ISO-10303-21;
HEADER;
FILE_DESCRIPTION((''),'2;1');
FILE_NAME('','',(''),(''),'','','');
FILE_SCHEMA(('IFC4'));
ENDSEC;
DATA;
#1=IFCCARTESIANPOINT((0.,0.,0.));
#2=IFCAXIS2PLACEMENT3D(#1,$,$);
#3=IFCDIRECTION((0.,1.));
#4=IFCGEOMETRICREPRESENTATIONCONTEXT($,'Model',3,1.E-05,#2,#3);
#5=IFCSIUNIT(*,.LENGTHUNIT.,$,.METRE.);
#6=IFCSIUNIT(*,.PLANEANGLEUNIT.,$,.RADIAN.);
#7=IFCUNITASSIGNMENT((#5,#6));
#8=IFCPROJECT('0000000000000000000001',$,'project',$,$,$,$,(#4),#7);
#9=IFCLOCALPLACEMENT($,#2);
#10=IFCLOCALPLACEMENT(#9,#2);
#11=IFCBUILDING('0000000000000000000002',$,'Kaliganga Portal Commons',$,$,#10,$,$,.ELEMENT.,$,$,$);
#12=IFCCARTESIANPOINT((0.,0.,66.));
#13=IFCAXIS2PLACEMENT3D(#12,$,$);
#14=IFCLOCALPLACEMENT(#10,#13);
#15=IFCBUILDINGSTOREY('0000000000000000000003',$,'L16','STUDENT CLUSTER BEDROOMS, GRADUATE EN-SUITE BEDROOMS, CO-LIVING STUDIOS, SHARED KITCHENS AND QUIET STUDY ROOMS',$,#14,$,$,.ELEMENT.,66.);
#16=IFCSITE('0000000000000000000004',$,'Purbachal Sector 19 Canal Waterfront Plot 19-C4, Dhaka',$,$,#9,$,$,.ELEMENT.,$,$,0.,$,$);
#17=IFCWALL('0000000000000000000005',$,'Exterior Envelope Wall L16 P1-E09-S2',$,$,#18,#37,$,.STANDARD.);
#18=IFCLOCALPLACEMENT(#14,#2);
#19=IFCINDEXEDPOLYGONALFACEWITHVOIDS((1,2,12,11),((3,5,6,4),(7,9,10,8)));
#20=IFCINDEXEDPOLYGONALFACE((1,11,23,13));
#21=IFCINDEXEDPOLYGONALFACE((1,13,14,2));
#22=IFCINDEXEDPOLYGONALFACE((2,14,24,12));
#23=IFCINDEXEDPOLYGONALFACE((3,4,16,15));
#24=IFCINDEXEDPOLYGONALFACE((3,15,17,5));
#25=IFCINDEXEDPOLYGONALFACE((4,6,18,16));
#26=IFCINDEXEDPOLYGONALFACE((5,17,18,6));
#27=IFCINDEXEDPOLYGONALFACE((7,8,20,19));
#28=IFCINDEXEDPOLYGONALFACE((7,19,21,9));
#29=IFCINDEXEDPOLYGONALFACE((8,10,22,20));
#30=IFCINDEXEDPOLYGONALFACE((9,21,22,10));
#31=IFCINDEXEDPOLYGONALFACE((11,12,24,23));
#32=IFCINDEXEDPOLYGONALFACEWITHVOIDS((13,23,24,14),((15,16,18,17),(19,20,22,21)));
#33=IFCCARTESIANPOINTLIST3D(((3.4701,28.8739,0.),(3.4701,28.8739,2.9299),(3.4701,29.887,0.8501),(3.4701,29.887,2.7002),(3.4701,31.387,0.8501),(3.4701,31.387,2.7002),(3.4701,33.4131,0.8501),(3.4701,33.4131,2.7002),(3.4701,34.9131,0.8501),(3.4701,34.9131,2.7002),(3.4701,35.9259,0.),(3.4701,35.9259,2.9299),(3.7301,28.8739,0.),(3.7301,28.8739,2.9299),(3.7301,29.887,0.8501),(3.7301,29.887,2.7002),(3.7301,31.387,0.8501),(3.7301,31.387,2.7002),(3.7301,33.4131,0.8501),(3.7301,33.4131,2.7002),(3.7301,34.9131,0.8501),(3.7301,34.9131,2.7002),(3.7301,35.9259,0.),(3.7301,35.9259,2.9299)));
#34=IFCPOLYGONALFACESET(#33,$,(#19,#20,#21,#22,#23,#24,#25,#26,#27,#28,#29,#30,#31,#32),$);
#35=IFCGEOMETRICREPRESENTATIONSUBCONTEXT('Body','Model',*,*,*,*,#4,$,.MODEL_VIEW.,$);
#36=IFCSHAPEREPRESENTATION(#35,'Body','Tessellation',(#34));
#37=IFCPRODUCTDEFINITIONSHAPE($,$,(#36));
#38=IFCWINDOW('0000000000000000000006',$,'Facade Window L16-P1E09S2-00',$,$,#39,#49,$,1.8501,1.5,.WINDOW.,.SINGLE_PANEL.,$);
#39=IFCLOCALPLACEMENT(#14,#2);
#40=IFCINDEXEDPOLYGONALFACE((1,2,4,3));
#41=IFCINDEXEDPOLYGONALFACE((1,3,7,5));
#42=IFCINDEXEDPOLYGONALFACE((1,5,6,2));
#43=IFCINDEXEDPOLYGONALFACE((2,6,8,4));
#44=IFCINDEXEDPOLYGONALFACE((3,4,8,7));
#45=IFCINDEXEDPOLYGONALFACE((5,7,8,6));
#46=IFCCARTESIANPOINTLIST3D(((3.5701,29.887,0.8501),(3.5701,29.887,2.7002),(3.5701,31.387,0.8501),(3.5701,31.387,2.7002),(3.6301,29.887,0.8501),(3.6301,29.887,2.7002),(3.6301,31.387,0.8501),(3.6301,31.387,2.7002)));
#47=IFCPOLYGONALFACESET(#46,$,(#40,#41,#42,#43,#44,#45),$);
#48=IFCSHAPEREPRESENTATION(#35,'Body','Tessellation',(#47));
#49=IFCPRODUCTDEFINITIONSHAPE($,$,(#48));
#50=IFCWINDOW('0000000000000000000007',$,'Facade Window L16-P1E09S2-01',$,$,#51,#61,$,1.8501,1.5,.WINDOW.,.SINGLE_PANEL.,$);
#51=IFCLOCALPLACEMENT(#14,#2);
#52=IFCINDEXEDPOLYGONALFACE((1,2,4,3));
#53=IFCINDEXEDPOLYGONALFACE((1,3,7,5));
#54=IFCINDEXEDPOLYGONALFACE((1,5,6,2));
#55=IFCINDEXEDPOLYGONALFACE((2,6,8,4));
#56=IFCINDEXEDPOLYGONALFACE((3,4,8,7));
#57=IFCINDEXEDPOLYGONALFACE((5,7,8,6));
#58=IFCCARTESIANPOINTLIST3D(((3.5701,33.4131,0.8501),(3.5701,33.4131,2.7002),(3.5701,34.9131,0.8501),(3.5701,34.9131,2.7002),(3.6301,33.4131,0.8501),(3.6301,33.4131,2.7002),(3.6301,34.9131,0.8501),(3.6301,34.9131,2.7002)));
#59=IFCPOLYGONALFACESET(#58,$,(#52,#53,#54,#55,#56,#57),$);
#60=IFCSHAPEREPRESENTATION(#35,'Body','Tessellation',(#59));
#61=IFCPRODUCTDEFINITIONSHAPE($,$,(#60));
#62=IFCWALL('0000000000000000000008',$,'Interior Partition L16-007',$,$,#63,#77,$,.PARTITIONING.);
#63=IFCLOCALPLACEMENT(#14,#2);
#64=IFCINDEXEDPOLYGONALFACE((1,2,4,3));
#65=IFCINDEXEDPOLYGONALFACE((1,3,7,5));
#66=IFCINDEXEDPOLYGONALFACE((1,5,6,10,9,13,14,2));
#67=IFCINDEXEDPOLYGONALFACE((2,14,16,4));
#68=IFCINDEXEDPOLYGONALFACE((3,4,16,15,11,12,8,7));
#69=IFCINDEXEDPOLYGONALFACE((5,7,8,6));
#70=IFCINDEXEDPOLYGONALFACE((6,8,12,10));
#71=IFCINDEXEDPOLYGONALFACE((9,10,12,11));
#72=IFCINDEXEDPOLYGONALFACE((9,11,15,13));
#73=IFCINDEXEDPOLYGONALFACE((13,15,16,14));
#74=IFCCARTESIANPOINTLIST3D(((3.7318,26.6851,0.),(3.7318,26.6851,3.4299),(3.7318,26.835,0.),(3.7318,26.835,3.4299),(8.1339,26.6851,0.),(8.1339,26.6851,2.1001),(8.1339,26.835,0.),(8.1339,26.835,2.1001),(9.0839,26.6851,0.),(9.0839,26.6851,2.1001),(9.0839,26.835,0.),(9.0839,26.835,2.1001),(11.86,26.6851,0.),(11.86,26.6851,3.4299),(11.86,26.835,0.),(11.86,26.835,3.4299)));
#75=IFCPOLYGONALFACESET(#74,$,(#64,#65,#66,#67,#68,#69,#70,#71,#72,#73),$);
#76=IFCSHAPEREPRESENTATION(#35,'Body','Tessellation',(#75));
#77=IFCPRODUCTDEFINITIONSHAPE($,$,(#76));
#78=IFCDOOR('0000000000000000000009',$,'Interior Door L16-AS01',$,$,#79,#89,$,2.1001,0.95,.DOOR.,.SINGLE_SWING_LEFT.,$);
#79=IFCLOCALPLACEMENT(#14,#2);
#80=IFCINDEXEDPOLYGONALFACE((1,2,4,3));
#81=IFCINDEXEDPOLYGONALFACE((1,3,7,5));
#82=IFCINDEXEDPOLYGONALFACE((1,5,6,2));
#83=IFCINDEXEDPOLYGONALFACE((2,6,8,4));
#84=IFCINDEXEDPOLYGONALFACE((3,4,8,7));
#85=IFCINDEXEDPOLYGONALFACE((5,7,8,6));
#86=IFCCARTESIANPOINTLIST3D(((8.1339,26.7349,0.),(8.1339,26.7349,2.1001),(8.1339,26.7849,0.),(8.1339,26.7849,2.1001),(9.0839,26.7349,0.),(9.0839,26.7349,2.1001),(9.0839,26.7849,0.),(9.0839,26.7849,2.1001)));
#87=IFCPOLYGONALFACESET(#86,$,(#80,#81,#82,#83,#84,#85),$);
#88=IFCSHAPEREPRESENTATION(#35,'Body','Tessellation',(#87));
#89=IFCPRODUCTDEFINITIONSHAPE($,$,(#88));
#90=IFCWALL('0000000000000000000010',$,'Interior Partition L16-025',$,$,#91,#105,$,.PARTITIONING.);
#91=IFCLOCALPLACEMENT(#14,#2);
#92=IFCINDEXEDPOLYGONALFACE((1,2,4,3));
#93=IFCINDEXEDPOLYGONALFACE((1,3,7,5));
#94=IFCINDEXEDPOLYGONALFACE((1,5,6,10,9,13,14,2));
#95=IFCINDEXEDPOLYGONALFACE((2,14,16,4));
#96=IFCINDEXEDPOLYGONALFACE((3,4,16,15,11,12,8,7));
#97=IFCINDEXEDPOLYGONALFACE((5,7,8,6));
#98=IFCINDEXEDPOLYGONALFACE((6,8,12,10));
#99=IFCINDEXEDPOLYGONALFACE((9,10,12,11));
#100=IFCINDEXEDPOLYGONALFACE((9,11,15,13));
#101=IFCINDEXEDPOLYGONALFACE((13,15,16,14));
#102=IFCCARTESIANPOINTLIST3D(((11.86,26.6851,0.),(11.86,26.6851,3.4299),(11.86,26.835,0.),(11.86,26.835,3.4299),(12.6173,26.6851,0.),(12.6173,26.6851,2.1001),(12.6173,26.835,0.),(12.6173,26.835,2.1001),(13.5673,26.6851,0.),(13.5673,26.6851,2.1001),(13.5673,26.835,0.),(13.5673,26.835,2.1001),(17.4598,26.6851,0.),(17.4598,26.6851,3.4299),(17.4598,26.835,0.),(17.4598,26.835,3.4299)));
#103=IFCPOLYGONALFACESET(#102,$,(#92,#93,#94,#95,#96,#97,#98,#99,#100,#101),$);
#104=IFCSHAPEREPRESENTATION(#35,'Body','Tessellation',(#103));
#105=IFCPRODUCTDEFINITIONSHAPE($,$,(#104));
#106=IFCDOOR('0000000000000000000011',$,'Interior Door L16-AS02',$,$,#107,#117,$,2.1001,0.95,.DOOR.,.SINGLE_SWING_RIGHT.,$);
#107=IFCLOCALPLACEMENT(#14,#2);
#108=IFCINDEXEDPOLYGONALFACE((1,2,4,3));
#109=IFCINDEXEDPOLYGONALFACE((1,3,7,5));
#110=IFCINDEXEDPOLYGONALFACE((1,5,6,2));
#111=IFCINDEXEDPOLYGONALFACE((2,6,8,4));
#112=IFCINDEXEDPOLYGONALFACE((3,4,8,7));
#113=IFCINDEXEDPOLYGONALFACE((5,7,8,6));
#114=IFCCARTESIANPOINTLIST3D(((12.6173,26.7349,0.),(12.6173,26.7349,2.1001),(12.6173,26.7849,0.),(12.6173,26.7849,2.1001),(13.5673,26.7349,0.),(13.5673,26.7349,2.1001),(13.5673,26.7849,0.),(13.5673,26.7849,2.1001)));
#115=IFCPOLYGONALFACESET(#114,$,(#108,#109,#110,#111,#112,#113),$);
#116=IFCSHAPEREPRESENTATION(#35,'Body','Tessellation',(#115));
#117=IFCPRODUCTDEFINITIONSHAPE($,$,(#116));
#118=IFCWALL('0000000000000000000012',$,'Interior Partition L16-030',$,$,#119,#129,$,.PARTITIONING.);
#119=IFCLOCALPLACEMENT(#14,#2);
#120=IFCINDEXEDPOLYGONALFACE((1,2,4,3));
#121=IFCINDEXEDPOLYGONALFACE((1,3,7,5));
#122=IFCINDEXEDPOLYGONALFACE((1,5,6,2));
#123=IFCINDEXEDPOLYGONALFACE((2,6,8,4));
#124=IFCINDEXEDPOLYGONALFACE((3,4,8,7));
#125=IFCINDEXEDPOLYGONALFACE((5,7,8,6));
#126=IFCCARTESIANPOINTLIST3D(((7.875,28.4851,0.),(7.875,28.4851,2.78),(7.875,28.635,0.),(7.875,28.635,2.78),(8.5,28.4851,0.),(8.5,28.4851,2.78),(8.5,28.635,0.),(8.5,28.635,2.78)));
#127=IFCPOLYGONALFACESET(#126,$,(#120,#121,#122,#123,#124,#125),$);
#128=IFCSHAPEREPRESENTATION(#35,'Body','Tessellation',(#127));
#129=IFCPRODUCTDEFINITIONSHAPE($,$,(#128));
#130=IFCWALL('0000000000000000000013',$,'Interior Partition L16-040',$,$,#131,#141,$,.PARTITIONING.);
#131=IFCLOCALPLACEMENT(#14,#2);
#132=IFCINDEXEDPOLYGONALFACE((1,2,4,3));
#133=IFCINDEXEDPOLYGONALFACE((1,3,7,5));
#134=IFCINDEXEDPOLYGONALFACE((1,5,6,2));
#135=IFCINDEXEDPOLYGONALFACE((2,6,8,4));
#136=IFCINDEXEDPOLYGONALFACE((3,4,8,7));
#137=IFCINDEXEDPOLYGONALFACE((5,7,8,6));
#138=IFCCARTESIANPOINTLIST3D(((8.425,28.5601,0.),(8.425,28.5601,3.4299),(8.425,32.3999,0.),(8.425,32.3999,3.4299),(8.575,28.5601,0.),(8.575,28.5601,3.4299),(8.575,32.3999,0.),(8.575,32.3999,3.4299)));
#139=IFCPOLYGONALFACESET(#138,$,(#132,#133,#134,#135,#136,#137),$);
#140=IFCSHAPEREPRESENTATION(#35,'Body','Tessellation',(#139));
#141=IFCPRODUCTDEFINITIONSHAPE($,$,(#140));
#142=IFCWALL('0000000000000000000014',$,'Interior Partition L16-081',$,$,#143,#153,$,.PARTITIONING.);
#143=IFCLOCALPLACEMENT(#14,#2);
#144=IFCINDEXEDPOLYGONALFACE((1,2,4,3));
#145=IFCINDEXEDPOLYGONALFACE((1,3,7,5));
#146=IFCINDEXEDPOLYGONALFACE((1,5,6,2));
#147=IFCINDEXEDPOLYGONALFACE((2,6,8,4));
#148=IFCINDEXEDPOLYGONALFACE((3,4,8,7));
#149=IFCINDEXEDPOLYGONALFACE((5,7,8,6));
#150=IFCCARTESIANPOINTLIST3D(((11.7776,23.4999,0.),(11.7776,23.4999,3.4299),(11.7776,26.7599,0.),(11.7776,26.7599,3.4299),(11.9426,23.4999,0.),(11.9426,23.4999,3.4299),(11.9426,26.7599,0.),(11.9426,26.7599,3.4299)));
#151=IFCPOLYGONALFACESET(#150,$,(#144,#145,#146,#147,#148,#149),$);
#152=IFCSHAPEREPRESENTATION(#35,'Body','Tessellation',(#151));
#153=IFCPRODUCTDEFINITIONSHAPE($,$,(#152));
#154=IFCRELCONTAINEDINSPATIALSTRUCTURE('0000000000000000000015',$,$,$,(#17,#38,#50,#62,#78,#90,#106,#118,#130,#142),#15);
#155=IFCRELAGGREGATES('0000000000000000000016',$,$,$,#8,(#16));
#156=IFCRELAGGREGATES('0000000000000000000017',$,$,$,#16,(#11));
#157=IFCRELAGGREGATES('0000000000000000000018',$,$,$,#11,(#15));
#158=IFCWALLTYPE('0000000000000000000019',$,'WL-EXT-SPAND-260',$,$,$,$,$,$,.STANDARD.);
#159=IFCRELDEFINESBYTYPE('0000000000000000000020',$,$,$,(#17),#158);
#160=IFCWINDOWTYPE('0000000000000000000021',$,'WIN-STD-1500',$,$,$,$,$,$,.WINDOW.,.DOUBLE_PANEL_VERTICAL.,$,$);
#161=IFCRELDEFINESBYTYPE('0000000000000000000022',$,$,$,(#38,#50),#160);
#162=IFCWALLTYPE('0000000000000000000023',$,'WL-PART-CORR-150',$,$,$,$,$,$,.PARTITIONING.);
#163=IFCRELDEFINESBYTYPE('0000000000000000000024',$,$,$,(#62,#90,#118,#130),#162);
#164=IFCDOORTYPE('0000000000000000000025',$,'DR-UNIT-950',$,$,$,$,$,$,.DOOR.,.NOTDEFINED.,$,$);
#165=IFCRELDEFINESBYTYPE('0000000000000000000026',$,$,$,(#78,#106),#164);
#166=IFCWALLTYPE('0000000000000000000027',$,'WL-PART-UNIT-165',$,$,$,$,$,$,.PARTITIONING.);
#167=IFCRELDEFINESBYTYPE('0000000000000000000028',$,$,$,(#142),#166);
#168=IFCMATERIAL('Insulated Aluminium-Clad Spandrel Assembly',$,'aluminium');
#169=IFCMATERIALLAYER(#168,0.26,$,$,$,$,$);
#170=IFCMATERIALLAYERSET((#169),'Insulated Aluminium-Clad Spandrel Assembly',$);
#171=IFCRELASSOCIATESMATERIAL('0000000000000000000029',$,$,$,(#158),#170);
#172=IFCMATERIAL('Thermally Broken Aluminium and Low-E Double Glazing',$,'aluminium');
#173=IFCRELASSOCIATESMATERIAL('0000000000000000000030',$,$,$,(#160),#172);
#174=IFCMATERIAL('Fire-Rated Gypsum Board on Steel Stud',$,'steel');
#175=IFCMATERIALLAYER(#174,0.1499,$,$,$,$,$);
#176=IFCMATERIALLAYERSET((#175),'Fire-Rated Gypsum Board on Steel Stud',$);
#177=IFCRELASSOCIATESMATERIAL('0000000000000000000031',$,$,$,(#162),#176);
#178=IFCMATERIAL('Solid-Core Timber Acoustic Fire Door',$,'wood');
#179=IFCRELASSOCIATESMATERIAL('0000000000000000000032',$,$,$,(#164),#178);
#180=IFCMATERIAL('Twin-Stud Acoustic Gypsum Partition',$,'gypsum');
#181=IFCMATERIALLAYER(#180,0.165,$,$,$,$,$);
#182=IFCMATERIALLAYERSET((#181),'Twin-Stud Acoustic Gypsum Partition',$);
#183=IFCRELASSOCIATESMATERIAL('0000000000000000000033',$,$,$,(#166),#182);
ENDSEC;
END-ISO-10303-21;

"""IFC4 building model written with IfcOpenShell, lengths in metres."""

from ifc_helpers import new_model, si_unit, direction, frame, frame_2d, origin, place, context, subcontext, project, spatial, rectangle, extrude, material, layer, layer_set, type_object, element, fill, save


model = new_model("IFC4")

# Units and contexts
model_context = context("Model", 3, precision=1e-05, world=origin(), true_north=direction((0.0, 1.0)))
body_context = subcontext(model_context, "Body", "Model", "MODEL_VIEW")
ifc_project = project(units=[si_unit("LENGTHUNIT", "METRE"), si_unit("PLANEANGLEUNIT", "RADIAN")], contexts=[model_context])

# Site, building, storey
site_placement = place(None, origin())
site = spatial("IfcSite", under=ifc_project, at=site_placement, Name="Purbachal Sector 19 Canal Waterfront Plot 19-C4, Dhaka", CompositionType="ELEMENT", RefElevation=0.0)
building_placement = place(site_placement, origin())
building = spatial("IfcBuilding", under=site, at=building_placement, Name="Kaliganga Portal Commons", CompositionType="ELEMENT")
storey_placement = place(building_placement, frame((0.0, 0.0, 66.0)))
storey = spatial("IfcBuildingStorey", under=building, at=storey_placement, Name="L16", Description="STUDENT CLUSTER BEDROOMS, GRADUATE EN-SUITE BEDROOMS, CO-LIVING STUDIOS, SHARED KITCHENS AND QUIET STUDY ROOMS", CompositionType="ELEMENT", Elevation=66.0)

# Wall, openings, windows
ifc_material_1 = material(Name="Insulated Aluminium-Clad Spandrel Assembly", Category="aluminium")
ifc_layer_1 = layer(ifc_material_1, 0.26)
ifc_layer_set_1 = layer_set([ifc_layer_1], Name="Insulated Aluminium-Clad Spandrel Assembly")
wall_type_1 = type_object("IfcWallType", Name="WL-EXT-SPAND-260", PredefinedType="STANDARD", material=ifc_layer_set_1)
wall_1_placement = place(storey_placement, frame((3.6001, 28.874, 0.0), z_axis=(0.0, 0.0, 1.0), x_axis=(0.0, 1.0, 0.0)))
wall_1 = element("IfcWall", 1, at=wall_1_placement, inside=storey, type_object=wall_type_1, Name="Exterior Envelope Wall L16 P1-E09-S2", PredefinedType="STANDARD", context=body_context, shape_type="SweptSolid", body=[
    extrude(rectangle(XDim=7.052, YDim=0.26, at=frame_2d((3.5259, 0.0))), origin(), (0.0, 0.0, 1.0), 2.9299),
])
opening_1_placement = place(wall_1_placement, frame((1.0129, 0.0, 0.8501)))
opening_1 = element("IfcOpeningElement", 2, at=opening_1_placement, cuts=wall_1, PredefinedType="OPENING", context=body_context, shape_type="SweptSolid", body=[
    extrude(rectangle(XDim=1.5, YDim=1.8501, at=frame_2d((0.75, 0.925))), frame((0.0, 0.1401, 0.0), z_axis=(0.0, -1.0, 0.0), x_axis=(1.0, 0.0, 0.0)), (0.0, 0.0, 1.0), 0.28),
])
opening_2_placement = place(wall_1_placement, frame((4.5391, 0.0, 0.8501)))
opening_2 = element("IfcOpeningElement", 3, at=opening_2_placement, cuts=wall_1, PredefinedType="OPENING", context=body_context, shape_type="SweptSolid", body=[
    extrude(rectangle(XDim=1.5, YDim=1.8501, at=frame_2d((0.75, 0.925))), frame((0.0, 0.1401, 0.0), z_axis=(0.0, -1.0, 0.0), x_axis=(1.0, 0.0, 0.0)), (0.0, 0.0, 1.0), 0.28),
])
ifc_material_2 = material(Name="Thermally Broken Aluminium and Low-E Double Glazing", Category="aluminium")
window_type = type_object("IfcWindowType", Name="WIN-STD-1500", PartitioningType="DOUBLE_PANEL_VERTICAL", PredefinedType="WINDOW", material=ifc_material_2)
window_1_placement = place(opening_1_placement, origin())
window_1 = element("IfcWindow", 4, at=window_1_placement, inside=storey, type_object=window_type, Name="Facade Window L16-P1E09S2-00", OverallHeight=1.8501, OverallWidth=1.5, PartitioningType="SINGLE_PANEL", PredefinedType="WINDOW", context=body_context, shape_type="SweptSolid", body=[
    extrude(rectangle(XDim=1.5, YDim=1.8501, at=frame_2d((0.75, 0.925))), frame((0.0, 0.03, 0.0), z_axis=(0.0, -1.0, 0.0), x_axis=(1.0, 0.0, 0.0)), (0.0, 0.0, 1.0), 0.0601),
])
fill(opening_1, window_1)
window_2_placement = place(opening_2_placement, origin())
window_2 = element("IfcWindow", 5, at=window_2_placement, inside=storey, type_object=window_type, Name="Facade Window L16-P1E09S2-01", OverallHeight=1.8501, OverallWidth=1.5, PartitioningType="SINGLE_PANEL", PredefinedType="WINDOW", context=body_context, shape_type="SweptSolid", body=[
    extrude(rectangle(XDim=1.5, YDim=1.8501, at=frame_2d((0.75, 0.925))), frame((0.0, 0.03, 0.0), z_axis=(0.0, -1.0, 0.0), x_axis=(1.0, 0.0, 0.0)), (0.0, 0.0, 1.0), 0.0601),
])
fill(opening_2, window_2)

# Walls, openings, doors
ifc_material_3 = material(Name="Fire-Rated Gypsum Board on Steel Stud", Category="steel")
ifc_layer_2 = layer(ifc_material_3, 0.1499)
ifc_layer_set_2 = layer_set([ifc_layer_2], Name="Fire-Rated Gypsum Board on Steel Stud")
wall_type_2 = type_object("IfcWallType", Name="WL-PART-CORR-150", PredefinedType="PARTITIONING", material=ifc_layer_set_2)
wall_2_placement = place(storey_placement, frame((3.7319, 26.76, 0.0), z_axis=(0.0, 0.0, 1.0), x_axis=(1.0, 0.0, 0.0)))
wall_2 = element("IfcWall", 6, at=wall_2_placement, inside=storey, type_object=wall_type_2, Name="Interior Partition L16-007", PredefinedType="PARTITIONING", context=body_context, shape_type="SweptSolid", body=[
    extrude(rectangle(XDim=8.1282, YDim=0.1499, at=frame_2d((4.064, 0.0))), origin(), (0.0, 0.0, 1.0), 3.4299),
])
opening_3_placement = place(wall_2_placement, frame((4.4019, 0.0, 0.0)))
opening_3 = element("IfcOpeningElement", 7, at=opening_3_placement, cuts=wall_2, PredefinedType="OPENING", context=body_context, shape_type="SweptSolid", body=[
    extrude(rectangle(XDim=0.95, YDim=2.1001, at=frame_2d((0.4751, 1.05))), frame((0.0, 0.085, 0.0), z_axis=(0.0, -1.0, 0.0), x_axis=(1.0, 0.0, 0.0)), (0.0, 0.0, 1.0), 0.1699),
])
ifc_material_4 = material(Name="Solid-Core Timber Acoustic Fire Door", Category="wood")
door_type_1 = type_object("IfcDoorType", Name="DR-UNIT-950", OperationType="NOTDEFINED", PredefinedType="DOOR", material=ifc_material_4)
door_1_placement = place(opening_3_placement, origin())
door_1 = element("IfcDoor", 8, at=door_1_placement, inside=storey, type_object=door_type_1, Name="Interior Door L16-AS01", OperationType="SINGLE_SWING_LEFT", OverallHeight=2.1001, OverallWidth=0.95, PredefinedType="DOOR", context=body_context, shape_type="SweptSolid", body=[
    extrude(rectangle(XDim=0.95, YDim=2.1001, at=frame_2d((0.4751, 1.05))), frame((0.0, 0.0249, 0.0), z_axis=(0.0, -1.0, 0.0), x_axis=(1.0, 0.0, 0.0)), (0.0, 0.0, 1.0), 0.05),
])
fill(opening_3, door_1)
wall_3_placement = place(storey_placement, frame((11.8601, 26.76, 0.0), z_axis=(0.0, 0.0, 1.0), x_axis=(1.0, 0.0, 0.0)))
wall_3 = element("IfcWall", 9, at=wall_3_placement, inside=storey, type_object=wall_type_2, Name="Interior Partition L16-025", PredefinedType="PARTITIONING", context=body_context, shape_type="SweptSolid", body=[
    extrude(rectangle(XDim=5.5999, YDim=0.1499, at=frame_2d((2.7998, 0.0))), origin(), (0.0, 0.0, 1.0), 3.4299),
])
opening_4_placement = place(wall_3_placement, frame((0.7571, 0.0, 0.0)))
opening_4 = element("IfcOpeningElement", 10, at=opening_4_placement, cuts=wall_3, PredefinedType="OPENING", context=body_context, shape_type="SweptSolid", body=[
    extrude(rectangle(XDim=0.95, YDim=2.1001, at=frame_2d((0.4751, 1.05))), frame((0.0, 0.085, 0.0), z_axis=(0.0, -1.0, 0.0), x_axis=(1.0, 0.0, 0.0)), (0.0, 0.0, 1.0), 0.1699),
])
door_2_placement = place(opening_4_placement, origin())
door_2 = element("IfcDoor", 11, at=door_2_placement, inside=storey, type_object=door_type_1, Name="Interior Door L16-AS02", OperationType="SINGLE_SWING_RIGHT", OverallHeight=2.1001, OverallWidth=0.95, PredefinedType="DOOR", context=body_context, shape_type="SweptSolid", body=[
    extrude(rectangle(XDim=0.95, YDim=2.1001, at=frame_2d((0.4751, 1.05))), frame((0.0, 0.0249, 0.0), z_axis=(0.0, -1.0, 0.0), x_axis=(1.0, 0.0, 0.0)), (0.0, 0.0, 1.0), 0.05),
])
fill(opening_4, door_2)

# Walls
wall_4_placement = place(storey_placement, frame((7.875, 28.5601, 0.0), z_axis=(0.0, 0.0, 1.0), x_axis=(1.0, 0.0, 0.0)))
element("IfcWall", 12, at=wall_4_placement, inside=storey, type_object=wall_type_2, Name="Interior Partition L16-030", PredefinedType="PARTITIONING", context=body_context, shape_type="SweptSolid", body=[
    extrude(rectangle(XDim=0.625, YDim=0.1499, at=frame_2d((0.3125, 0.0))), origin(), (0.0, 0.0, 1.0), 2.78),
])
wall_5_placement = place(storey_placement, frame((8.5, 28.5601, 0.0), z_axis=(0.0, 0.0, 1.0), x_axis=(0.0, 1.0, 0.0)))
element("IfcWall", 13, at=wall_5_placement, inside=storey, type_object=wall_type_2, Name="Interior Partition L16-040", PredefinedType="PARTITIONING", context=body_context, shape_type="SweptSolid", body=[
    extrude(rectangle(XDim=3.8398, YDim=0.1499, at=frame_2d((1.9199, 0.0))), origin(), (0.0, 0.0, 1.0), 3.4299),
])
ifc_material_5 = material(Name="Twin-Stud Acoustic Gypsum Partition", Category="gypsum")
ifc_layer_3 = layer(ifc_material_5, 0.165)
ifc_layer_set_3 = layer_set([ifc_layer_3], Name="Twin-Stud Acoustic Gypsum Partition")
wall_type_3 = type_object("IfcWallType", Name="WL-PART-UNIT-165", PredefinedType="PARTITIONING", material=ifc_layer_set_3)
wall_6_placement = place(storey_placement, frame((11.8601, 23.5, 0.0), z_axis=(0.0, 0.0, 1.0), x_axis=(0.0, 1.0, 0.0)))
element("IfcWall", 14, at=wall_6_placement, inside=storey, type_object=wall_type_3, Name="Interior Partition L16-081", PredefinedType="PARTITIONING", context=body_context, shape_type="SweptSolid", body=[
    extrude(rectangle(XDim=3.26, YDim=0.165, at=frame_2d((1.6299, 0.0))), origin(), (0.0, 0.0, 1.0), 3.4299),
])

save(model, "model.ifc")
